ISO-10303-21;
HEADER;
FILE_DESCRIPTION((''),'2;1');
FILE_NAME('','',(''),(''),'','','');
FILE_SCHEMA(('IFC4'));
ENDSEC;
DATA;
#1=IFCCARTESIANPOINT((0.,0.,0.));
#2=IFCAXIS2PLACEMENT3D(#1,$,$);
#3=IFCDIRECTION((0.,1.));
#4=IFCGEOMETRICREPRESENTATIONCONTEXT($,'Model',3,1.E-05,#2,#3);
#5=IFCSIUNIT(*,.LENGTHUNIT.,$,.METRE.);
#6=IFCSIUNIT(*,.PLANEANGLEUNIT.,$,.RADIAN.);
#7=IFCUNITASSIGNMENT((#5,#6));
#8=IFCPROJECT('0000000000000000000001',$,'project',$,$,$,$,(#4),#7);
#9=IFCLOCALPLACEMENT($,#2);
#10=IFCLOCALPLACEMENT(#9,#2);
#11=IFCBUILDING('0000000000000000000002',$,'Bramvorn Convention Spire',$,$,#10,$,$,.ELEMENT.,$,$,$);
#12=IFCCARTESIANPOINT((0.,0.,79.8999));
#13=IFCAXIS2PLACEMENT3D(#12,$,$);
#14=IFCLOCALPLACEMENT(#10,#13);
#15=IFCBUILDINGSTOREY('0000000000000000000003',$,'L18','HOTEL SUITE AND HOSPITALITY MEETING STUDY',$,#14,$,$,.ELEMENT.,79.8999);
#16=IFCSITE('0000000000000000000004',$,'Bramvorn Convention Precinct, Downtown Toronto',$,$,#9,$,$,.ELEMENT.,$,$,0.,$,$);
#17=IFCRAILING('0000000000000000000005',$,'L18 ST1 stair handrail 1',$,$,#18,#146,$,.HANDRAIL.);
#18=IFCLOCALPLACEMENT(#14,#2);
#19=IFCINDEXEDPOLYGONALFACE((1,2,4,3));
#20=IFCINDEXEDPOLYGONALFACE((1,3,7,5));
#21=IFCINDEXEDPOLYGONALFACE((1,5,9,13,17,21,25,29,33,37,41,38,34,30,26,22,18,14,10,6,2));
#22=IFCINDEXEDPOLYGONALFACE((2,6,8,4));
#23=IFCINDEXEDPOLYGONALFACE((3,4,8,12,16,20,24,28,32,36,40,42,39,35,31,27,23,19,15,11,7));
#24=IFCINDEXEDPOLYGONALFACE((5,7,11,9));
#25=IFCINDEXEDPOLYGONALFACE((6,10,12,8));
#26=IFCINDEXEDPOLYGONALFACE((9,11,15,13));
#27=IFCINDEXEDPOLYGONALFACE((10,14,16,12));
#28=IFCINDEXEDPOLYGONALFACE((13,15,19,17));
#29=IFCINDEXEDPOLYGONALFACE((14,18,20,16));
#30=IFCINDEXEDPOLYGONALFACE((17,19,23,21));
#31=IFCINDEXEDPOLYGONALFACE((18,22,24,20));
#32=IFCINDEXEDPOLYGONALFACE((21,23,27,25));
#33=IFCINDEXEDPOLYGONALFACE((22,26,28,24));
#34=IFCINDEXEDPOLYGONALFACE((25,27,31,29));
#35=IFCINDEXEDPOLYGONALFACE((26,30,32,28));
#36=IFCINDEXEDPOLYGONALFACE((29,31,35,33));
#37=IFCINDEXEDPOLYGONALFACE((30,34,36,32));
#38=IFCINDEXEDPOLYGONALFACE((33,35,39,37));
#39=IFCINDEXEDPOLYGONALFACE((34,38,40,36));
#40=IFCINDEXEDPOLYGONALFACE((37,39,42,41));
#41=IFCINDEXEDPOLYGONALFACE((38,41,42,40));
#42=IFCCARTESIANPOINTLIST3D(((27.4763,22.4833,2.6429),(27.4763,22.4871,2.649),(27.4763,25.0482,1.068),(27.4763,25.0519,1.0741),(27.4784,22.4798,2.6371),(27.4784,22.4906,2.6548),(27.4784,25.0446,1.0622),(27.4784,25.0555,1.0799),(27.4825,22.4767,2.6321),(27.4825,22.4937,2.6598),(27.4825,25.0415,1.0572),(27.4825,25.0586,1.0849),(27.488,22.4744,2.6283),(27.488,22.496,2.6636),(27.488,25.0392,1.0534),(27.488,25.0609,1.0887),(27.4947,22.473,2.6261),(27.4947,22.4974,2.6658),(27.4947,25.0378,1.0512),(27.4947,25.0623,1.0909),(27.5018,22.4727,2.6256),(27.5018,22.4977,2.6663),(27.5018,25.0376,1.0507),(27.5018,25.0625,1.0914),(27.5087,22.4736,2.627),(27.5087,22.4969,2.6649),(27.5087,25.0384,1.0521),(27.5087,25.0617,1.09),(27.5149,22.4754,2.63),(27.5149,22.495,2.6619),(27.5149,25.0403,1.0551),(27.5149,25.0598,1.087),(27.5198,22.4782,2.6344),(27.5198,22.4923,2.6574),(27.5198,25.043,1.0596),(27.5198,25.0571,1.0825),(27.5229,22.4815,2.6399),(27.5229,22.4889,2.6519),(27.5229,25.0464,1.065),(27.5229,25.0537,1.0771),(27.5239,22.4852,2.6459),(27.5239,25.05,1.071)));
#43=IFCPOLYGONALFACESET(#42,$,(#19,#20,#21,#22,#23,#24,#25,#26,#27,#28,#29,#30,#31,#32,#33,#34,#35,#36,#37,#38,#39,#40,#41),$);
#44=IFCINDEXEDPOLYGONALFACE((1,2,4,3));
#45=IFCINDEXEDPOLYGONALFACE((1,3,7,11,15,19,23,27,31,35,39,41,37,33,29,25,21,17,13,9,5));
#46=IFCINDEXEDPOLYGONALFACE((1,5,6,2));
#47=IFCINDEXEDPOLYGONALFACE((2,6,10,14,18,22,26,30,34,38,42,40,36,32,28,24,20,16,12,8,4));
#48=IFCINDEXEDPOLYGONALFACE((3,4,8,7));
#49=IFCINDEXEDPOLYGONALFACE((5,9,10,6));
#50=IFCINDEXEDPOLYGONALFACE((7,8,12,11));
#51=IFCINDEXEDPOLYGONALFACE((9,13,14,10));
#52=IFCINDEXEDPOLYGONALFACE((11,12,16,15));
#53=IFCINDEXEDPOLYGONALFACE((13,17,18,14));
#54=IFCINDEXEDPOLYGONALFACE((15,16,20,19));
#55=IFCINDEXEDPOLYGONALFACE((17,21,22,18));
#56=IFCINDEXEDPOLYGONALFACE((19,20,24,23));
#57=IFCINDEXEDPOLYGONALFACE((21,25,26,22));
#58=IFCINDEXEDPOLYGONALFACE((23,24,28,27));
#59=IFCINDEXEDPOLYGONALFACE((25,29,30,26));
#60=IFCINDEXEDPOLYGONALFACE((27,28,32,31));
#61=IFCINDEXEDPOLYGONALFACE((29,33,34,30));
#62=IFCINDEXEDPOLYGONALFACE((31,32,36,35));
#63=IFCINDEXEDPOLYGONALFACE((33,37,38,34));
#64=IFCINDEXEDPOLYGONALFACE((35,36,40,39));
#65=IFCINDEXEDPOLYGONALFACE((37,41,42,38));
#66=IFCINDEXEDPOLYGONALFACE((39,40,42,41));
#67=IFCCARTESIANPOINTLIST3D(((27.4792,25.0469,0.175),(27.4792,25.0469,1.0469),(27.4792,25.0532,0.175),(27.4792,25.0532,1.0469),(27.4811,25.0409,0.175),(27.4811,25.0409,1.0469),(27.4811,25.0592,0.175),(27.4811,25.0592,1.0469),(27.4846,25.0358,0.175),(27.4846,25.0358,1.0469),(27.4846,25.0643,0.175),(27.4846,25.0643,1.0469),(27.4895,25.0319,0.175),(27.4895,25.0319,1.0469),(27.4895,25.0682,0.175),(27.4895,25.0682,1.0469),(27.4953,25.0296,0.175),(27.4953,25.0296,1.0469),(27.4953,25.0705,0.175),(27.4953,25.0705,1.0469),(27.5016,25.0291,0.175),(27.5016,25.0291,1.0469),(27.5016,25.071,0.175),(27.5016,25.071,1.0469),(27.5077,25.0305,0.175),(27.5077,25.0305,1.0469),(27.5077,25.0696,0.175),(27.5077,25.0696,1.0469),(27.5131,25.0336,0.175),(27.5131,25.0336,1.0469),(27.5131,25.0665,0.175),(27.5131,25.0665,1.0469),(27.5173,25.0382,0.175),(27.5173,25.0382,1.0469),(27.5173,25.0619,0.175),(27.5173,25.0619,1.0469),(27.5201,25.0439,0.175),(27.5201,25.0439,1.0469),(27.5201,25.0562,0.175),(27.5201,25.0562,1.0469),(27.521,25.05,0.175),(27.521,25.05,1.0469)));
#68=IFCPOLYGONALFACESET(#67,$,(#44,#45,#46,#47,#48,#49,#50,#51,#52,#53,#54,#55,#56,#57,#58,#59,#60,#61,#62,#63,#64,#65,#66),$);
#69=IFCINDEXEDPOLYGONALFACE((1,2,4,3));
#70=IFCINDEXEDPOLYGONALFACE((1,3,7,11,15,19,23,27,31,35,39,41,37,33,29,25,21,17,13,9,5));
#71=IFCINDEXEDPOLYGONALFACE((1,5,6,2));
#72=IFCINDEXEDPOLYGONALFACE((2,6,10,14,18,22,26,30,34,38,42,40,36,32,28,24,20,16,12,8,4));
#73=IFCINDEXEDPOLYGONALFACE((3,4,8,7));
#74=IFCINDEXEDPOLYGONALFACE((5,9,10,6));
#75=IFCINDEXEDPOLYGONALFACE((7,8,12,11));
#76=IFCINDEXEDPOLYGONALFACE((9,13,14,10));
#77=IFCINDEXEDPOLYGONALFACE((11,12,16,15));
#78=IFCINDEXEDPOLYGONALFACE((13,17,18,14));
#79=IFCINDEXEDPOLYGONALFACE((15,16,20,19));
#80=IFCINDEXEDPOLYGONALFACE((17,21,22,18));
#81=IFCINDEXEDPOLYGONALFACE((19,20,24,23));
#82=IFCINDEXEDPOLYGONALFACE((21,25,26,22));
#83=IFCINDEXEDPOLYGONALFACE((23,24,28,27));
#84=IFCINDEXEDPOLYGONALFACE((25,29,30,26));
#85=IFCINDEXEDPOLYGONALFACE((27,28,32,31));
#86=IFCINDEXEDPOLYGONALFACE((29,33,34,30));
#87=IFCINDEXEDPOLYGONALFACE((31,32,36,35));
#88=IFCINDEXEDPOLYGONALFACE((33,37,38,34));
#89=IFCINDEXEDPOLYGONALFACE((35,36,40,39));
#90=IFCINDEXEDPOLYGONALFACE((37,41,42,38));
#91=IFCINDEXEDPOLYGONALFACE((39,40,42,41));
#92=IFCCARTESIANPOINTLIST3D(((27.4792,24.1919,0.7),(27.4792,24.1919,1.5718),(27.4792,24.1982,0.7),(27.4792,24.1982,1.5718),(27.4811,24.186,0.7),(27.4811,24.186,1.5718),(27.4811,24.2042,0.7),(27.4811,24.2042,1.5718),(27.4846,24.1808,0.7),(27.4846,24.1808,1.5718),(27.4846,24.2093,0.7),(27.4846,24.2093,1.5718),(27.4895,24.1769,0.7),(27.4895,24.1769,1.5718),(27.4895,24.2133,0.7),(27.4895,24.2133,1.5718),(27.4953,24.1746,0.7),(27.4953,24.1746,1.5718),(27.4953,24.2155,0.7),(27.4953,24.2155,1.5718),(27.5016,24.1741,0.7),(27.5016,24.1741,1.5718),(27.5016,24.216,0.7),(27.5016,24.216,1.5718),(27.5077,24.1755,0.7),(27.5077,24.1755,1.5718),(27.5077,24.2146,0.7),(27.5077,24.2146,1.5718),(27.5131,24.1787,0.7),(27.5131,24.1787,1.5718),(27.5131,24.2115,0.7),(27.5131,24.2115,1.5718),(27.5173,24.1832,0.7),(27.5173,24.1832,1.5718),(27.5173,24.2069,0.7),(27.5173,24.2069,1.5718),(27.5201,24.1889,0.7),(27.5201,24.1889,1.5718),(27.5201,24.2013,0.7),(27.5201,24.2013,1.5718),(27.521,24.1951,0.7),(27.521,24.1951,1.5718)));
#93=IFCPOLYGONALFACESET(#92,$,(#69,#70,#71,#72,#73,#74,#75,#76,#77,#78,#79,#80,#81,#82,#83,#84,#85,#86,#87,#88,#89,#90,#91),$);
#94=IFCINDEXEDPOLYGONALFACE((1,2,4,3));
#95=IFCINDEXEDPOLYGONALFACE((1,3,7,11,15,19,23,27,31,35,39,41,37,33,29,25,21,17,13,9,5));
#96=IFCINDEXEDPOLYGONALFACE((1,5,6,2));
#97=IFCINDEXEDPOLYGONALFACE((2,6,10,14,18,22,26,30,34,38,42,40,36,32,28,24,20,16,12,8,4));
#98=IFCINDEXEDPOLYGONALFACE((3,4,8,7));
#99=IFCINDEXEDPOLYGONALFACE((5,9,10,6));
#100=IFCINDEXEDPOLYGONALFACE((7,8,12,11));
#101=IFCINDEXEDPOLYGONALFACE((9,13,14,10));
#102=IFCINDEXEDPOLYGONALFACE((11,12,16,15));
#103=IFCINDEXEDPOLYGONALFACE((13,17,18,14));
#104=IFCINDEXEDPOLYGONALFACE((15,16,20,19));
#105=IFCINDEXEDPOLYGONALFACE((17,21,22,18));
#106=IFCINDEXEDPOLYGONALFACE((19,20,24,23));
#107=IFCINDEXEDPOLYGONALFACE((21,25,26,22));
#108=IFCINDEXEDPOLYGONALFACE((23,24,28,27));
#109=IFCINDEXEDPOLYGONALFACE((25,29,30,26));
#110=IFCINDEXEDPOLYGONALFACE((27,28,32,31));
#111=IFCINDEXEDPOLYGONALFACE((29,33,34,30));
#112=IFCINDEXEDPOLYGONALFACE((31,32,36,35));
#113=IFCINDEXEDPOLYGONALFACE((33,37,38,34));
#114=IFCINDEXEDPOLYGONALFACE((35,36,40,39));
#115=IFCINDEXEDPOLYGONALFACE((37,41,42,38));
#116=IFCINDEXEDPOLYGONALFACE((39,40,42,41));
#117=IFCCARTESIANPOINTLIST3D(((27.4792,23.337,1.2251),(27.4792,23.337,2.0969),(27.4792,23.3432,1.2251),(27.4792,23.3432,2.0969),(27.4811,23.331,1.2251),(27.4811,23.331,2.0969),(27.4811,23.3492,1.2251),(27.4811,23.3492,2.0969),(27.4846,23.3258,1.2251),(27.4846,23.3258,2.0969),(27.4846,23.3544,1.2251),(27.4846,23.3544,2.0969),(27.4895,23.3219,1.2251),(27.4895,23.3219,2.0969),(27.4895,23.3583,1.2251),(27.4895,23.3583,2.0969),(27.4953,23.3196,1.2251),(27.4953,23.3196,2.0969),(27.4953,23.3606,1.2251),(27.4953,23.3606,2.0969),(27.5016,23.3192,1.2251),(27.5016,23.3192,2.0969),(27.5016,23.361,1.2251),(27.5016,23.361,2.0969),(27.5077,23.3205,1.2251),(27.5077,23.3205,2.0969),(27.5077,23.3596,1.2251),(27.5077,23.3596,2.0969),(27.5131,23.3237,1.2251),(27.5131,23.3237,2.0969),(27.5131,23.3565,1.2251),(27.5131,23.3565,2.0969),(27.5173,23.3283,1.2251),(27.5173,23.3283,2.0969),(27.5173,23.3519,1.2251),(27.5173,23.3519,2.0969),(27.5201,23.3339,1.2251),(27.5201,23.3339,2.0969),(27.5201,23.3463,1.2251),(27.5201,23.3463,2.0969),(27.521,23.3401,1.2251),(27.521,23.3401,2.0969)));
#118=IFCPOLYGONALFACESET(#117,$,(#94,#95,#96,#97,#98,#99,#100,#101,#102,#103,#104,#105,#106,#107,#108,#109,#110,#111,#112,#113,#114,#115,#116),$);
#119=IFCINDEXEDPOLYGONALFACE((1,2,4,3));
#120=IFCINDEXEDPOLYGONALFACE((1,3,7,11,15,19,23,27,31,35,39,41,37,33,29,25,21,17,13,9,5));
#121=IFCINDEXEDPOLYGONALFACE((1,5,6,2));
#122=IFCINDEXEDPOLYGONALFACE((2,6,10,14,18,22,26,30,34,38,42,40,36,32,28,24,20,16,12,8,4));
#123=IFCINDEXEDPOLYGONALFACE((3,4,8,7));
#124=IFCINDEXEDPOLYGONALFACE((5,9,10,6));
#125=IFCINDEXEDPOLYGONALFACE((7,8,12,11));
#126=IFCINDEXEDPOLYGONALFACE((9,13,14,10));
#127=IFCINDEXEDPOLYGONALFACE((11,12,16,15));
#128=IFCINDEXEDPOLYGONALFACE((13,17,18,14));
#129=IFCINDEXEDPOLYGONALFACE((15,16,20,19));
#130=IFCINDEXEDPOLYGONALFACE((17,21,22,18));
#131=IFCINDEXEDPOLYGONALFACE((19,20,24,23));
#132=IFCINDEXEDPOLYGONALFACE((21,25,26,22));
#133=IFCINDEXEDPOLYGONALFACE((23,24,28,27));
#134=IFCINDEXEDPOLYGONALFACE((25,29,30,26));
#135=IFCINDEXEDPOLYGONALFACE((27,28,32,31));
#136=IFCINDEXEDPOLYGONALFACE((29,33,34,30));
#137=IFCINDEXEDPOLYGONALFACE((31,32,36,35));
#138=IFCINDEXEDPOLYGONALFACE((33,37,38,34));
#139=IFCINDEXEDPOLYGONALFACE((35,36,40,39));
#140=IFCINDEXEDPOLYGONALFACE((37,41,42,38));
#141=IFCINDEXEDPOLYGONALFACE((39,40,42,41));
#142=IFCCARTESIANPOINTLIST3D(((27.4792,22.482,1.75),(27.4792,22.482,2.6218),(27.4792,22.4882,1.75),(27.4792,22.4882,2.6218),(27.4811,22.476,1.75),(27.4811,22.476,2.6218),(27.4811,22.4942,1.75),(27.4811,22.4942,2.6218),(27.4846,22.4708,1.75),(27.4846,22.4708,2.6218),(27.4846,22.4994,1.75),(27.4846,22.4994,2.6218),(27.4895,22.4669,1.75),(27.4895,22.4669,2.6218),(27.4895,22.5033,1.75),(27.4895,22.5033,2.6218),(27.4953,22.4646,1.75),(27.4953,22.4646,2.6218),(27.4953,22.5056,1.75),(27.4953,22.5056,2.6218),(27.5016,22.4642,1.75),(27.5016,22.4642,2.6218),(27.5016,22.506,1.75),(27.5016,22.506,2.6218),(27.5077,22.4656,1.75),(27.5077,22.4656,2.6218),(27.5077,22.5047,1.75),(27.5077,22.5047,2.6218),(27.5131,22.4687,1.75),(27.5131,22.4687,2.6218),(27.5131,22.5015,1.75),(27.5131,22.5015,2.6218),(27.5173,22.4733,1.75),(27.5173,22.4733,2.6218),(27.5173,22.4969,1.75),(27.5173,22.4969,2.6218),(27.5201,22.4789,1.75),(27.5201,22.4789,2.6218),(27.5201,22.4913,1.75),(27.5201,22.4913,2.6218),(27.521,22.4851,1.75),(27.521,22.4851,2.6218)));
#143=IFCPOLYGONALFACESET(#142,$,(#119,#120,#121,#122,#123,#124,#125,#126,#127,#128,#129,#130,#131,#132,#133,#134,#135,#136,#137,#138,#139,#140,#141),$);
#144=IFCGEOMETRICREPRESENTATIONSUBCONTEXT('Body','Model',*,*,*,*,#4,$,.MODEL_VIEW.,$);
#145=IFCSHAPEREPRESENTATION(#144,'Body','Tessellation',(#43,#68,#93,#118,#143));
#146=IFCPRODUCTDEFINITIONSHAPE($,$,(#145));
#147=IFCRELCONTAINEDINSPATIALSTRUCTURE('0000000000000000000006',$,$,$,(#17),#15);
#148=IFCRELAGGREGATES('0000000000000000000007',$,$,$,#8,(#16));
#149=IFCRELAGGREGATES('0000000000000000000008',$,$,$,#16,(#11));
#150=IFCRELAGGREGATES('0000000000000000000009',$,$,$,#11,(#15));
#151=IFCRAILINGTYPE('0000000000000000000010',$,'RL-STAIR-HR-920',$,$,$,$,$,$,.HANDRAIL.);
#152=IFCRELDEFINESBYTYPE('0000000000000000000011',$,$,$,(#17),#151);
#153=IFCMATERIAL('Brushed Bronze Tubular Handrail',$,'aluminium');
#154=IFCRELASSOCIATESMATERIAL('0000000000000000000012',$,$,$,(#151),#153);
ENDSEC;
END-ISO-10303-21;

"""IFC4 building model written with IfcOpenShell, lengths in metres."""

from ifc_helpers import new_model, si_unit, direction, frame, origin, origin_2d, place, context, subcontext, project, spatial, circle, extrude, material, type_object, element, save


model = new_model("IFC4")

# Units and contexts
model_context = context("Model", 3, precision=1e-05, world=origin(), true_north=direction((0.0, 1.0)))
body_context = subcontext(model_context, "Body", "Model", "MODEL_VIEW")
ifc_project = project(units=[si_unit("LENGTHUNIT", "METRE"), si_unit("PLANEANGLEUNIT", "RADIAN")], contexts=[model_context])

# Site, building, storey
site_placement = place(None, origin())
site = spatial("IfcSite", under=ifc_project, at=site_placement, Name="Bramvorn Convention Precinct, Downtown Toronto", CompositionType="ELEMENT", RefElevation=0.0)
building_placement = place(site_placement, origin())
building = spatial("IfcBuilding", under=site, at=building_placement, Name="Bramvorn Convention Spire", CompositionType="ELEMENT")
storey_placement = place(building_placement, frame((0.0, 0.0, 79.8999)))
storey = spatial("IfcBuildingStorey", under=building, at=storey_placement, Name="L18", Description="HOTEL SUITE AND HOSPITALITY MEETING STUDY", CompositionType="ELEMENT", Elevation=79.8999)

# Railing
ifc_material_1 = material(Name="Brushed Bronze Tubular Handrail", Category="aluminium")
railing_type_1 = type_object("IfcRailingType", Name="RL-STAIR-HR-920", PredefinedType="HANDRAIL", material=ifc_material_1)
railing_1_placement = place(storey_placement, frame((27.5, 25.05, 0.175)))
element("IfcRailing", 1, at=railing_1_placement, inside=storey, type_object=railing_type_1, Name="L18 ST1 stair handrail 1", PredefinedType="HANDRAIL", context=body_context, shape_type="SweptSolid", body=[
    extrude(circle(Radius=0.0239, at=origin_2d()), frame((0.0, 0.0, 0.896), z_axis=(0.0, -0.852173, 0.52326), x_axis=(1.0, 0.0, 0.0)), (0.0, 0.0, 1.0), 3.0098),
    extrude(circle(Radius=0.021, at=origin_2d()), origin(), (0.0, 0.0, 1.0), 0.8718),
    extrude(circle(Radius=0.021, at=origin_2d()), frame((0.0, -0.855, 0.5249)), (0.0, 0.0, 1.0), 0.8718),
    extrude(circle(Radius=0.021, at=origin_2d()), frame((0.0, -1.71, 1.05)), (0.0, 0.0, 1.0), 0.8718),
    extrude(circle(Radius=0.021, at=origin_2d()), frame((0.0, -2.5649, 1.575)), (0.0, 0.0, 1.0), 0.8718),
])

save(model, "model.ifc")
